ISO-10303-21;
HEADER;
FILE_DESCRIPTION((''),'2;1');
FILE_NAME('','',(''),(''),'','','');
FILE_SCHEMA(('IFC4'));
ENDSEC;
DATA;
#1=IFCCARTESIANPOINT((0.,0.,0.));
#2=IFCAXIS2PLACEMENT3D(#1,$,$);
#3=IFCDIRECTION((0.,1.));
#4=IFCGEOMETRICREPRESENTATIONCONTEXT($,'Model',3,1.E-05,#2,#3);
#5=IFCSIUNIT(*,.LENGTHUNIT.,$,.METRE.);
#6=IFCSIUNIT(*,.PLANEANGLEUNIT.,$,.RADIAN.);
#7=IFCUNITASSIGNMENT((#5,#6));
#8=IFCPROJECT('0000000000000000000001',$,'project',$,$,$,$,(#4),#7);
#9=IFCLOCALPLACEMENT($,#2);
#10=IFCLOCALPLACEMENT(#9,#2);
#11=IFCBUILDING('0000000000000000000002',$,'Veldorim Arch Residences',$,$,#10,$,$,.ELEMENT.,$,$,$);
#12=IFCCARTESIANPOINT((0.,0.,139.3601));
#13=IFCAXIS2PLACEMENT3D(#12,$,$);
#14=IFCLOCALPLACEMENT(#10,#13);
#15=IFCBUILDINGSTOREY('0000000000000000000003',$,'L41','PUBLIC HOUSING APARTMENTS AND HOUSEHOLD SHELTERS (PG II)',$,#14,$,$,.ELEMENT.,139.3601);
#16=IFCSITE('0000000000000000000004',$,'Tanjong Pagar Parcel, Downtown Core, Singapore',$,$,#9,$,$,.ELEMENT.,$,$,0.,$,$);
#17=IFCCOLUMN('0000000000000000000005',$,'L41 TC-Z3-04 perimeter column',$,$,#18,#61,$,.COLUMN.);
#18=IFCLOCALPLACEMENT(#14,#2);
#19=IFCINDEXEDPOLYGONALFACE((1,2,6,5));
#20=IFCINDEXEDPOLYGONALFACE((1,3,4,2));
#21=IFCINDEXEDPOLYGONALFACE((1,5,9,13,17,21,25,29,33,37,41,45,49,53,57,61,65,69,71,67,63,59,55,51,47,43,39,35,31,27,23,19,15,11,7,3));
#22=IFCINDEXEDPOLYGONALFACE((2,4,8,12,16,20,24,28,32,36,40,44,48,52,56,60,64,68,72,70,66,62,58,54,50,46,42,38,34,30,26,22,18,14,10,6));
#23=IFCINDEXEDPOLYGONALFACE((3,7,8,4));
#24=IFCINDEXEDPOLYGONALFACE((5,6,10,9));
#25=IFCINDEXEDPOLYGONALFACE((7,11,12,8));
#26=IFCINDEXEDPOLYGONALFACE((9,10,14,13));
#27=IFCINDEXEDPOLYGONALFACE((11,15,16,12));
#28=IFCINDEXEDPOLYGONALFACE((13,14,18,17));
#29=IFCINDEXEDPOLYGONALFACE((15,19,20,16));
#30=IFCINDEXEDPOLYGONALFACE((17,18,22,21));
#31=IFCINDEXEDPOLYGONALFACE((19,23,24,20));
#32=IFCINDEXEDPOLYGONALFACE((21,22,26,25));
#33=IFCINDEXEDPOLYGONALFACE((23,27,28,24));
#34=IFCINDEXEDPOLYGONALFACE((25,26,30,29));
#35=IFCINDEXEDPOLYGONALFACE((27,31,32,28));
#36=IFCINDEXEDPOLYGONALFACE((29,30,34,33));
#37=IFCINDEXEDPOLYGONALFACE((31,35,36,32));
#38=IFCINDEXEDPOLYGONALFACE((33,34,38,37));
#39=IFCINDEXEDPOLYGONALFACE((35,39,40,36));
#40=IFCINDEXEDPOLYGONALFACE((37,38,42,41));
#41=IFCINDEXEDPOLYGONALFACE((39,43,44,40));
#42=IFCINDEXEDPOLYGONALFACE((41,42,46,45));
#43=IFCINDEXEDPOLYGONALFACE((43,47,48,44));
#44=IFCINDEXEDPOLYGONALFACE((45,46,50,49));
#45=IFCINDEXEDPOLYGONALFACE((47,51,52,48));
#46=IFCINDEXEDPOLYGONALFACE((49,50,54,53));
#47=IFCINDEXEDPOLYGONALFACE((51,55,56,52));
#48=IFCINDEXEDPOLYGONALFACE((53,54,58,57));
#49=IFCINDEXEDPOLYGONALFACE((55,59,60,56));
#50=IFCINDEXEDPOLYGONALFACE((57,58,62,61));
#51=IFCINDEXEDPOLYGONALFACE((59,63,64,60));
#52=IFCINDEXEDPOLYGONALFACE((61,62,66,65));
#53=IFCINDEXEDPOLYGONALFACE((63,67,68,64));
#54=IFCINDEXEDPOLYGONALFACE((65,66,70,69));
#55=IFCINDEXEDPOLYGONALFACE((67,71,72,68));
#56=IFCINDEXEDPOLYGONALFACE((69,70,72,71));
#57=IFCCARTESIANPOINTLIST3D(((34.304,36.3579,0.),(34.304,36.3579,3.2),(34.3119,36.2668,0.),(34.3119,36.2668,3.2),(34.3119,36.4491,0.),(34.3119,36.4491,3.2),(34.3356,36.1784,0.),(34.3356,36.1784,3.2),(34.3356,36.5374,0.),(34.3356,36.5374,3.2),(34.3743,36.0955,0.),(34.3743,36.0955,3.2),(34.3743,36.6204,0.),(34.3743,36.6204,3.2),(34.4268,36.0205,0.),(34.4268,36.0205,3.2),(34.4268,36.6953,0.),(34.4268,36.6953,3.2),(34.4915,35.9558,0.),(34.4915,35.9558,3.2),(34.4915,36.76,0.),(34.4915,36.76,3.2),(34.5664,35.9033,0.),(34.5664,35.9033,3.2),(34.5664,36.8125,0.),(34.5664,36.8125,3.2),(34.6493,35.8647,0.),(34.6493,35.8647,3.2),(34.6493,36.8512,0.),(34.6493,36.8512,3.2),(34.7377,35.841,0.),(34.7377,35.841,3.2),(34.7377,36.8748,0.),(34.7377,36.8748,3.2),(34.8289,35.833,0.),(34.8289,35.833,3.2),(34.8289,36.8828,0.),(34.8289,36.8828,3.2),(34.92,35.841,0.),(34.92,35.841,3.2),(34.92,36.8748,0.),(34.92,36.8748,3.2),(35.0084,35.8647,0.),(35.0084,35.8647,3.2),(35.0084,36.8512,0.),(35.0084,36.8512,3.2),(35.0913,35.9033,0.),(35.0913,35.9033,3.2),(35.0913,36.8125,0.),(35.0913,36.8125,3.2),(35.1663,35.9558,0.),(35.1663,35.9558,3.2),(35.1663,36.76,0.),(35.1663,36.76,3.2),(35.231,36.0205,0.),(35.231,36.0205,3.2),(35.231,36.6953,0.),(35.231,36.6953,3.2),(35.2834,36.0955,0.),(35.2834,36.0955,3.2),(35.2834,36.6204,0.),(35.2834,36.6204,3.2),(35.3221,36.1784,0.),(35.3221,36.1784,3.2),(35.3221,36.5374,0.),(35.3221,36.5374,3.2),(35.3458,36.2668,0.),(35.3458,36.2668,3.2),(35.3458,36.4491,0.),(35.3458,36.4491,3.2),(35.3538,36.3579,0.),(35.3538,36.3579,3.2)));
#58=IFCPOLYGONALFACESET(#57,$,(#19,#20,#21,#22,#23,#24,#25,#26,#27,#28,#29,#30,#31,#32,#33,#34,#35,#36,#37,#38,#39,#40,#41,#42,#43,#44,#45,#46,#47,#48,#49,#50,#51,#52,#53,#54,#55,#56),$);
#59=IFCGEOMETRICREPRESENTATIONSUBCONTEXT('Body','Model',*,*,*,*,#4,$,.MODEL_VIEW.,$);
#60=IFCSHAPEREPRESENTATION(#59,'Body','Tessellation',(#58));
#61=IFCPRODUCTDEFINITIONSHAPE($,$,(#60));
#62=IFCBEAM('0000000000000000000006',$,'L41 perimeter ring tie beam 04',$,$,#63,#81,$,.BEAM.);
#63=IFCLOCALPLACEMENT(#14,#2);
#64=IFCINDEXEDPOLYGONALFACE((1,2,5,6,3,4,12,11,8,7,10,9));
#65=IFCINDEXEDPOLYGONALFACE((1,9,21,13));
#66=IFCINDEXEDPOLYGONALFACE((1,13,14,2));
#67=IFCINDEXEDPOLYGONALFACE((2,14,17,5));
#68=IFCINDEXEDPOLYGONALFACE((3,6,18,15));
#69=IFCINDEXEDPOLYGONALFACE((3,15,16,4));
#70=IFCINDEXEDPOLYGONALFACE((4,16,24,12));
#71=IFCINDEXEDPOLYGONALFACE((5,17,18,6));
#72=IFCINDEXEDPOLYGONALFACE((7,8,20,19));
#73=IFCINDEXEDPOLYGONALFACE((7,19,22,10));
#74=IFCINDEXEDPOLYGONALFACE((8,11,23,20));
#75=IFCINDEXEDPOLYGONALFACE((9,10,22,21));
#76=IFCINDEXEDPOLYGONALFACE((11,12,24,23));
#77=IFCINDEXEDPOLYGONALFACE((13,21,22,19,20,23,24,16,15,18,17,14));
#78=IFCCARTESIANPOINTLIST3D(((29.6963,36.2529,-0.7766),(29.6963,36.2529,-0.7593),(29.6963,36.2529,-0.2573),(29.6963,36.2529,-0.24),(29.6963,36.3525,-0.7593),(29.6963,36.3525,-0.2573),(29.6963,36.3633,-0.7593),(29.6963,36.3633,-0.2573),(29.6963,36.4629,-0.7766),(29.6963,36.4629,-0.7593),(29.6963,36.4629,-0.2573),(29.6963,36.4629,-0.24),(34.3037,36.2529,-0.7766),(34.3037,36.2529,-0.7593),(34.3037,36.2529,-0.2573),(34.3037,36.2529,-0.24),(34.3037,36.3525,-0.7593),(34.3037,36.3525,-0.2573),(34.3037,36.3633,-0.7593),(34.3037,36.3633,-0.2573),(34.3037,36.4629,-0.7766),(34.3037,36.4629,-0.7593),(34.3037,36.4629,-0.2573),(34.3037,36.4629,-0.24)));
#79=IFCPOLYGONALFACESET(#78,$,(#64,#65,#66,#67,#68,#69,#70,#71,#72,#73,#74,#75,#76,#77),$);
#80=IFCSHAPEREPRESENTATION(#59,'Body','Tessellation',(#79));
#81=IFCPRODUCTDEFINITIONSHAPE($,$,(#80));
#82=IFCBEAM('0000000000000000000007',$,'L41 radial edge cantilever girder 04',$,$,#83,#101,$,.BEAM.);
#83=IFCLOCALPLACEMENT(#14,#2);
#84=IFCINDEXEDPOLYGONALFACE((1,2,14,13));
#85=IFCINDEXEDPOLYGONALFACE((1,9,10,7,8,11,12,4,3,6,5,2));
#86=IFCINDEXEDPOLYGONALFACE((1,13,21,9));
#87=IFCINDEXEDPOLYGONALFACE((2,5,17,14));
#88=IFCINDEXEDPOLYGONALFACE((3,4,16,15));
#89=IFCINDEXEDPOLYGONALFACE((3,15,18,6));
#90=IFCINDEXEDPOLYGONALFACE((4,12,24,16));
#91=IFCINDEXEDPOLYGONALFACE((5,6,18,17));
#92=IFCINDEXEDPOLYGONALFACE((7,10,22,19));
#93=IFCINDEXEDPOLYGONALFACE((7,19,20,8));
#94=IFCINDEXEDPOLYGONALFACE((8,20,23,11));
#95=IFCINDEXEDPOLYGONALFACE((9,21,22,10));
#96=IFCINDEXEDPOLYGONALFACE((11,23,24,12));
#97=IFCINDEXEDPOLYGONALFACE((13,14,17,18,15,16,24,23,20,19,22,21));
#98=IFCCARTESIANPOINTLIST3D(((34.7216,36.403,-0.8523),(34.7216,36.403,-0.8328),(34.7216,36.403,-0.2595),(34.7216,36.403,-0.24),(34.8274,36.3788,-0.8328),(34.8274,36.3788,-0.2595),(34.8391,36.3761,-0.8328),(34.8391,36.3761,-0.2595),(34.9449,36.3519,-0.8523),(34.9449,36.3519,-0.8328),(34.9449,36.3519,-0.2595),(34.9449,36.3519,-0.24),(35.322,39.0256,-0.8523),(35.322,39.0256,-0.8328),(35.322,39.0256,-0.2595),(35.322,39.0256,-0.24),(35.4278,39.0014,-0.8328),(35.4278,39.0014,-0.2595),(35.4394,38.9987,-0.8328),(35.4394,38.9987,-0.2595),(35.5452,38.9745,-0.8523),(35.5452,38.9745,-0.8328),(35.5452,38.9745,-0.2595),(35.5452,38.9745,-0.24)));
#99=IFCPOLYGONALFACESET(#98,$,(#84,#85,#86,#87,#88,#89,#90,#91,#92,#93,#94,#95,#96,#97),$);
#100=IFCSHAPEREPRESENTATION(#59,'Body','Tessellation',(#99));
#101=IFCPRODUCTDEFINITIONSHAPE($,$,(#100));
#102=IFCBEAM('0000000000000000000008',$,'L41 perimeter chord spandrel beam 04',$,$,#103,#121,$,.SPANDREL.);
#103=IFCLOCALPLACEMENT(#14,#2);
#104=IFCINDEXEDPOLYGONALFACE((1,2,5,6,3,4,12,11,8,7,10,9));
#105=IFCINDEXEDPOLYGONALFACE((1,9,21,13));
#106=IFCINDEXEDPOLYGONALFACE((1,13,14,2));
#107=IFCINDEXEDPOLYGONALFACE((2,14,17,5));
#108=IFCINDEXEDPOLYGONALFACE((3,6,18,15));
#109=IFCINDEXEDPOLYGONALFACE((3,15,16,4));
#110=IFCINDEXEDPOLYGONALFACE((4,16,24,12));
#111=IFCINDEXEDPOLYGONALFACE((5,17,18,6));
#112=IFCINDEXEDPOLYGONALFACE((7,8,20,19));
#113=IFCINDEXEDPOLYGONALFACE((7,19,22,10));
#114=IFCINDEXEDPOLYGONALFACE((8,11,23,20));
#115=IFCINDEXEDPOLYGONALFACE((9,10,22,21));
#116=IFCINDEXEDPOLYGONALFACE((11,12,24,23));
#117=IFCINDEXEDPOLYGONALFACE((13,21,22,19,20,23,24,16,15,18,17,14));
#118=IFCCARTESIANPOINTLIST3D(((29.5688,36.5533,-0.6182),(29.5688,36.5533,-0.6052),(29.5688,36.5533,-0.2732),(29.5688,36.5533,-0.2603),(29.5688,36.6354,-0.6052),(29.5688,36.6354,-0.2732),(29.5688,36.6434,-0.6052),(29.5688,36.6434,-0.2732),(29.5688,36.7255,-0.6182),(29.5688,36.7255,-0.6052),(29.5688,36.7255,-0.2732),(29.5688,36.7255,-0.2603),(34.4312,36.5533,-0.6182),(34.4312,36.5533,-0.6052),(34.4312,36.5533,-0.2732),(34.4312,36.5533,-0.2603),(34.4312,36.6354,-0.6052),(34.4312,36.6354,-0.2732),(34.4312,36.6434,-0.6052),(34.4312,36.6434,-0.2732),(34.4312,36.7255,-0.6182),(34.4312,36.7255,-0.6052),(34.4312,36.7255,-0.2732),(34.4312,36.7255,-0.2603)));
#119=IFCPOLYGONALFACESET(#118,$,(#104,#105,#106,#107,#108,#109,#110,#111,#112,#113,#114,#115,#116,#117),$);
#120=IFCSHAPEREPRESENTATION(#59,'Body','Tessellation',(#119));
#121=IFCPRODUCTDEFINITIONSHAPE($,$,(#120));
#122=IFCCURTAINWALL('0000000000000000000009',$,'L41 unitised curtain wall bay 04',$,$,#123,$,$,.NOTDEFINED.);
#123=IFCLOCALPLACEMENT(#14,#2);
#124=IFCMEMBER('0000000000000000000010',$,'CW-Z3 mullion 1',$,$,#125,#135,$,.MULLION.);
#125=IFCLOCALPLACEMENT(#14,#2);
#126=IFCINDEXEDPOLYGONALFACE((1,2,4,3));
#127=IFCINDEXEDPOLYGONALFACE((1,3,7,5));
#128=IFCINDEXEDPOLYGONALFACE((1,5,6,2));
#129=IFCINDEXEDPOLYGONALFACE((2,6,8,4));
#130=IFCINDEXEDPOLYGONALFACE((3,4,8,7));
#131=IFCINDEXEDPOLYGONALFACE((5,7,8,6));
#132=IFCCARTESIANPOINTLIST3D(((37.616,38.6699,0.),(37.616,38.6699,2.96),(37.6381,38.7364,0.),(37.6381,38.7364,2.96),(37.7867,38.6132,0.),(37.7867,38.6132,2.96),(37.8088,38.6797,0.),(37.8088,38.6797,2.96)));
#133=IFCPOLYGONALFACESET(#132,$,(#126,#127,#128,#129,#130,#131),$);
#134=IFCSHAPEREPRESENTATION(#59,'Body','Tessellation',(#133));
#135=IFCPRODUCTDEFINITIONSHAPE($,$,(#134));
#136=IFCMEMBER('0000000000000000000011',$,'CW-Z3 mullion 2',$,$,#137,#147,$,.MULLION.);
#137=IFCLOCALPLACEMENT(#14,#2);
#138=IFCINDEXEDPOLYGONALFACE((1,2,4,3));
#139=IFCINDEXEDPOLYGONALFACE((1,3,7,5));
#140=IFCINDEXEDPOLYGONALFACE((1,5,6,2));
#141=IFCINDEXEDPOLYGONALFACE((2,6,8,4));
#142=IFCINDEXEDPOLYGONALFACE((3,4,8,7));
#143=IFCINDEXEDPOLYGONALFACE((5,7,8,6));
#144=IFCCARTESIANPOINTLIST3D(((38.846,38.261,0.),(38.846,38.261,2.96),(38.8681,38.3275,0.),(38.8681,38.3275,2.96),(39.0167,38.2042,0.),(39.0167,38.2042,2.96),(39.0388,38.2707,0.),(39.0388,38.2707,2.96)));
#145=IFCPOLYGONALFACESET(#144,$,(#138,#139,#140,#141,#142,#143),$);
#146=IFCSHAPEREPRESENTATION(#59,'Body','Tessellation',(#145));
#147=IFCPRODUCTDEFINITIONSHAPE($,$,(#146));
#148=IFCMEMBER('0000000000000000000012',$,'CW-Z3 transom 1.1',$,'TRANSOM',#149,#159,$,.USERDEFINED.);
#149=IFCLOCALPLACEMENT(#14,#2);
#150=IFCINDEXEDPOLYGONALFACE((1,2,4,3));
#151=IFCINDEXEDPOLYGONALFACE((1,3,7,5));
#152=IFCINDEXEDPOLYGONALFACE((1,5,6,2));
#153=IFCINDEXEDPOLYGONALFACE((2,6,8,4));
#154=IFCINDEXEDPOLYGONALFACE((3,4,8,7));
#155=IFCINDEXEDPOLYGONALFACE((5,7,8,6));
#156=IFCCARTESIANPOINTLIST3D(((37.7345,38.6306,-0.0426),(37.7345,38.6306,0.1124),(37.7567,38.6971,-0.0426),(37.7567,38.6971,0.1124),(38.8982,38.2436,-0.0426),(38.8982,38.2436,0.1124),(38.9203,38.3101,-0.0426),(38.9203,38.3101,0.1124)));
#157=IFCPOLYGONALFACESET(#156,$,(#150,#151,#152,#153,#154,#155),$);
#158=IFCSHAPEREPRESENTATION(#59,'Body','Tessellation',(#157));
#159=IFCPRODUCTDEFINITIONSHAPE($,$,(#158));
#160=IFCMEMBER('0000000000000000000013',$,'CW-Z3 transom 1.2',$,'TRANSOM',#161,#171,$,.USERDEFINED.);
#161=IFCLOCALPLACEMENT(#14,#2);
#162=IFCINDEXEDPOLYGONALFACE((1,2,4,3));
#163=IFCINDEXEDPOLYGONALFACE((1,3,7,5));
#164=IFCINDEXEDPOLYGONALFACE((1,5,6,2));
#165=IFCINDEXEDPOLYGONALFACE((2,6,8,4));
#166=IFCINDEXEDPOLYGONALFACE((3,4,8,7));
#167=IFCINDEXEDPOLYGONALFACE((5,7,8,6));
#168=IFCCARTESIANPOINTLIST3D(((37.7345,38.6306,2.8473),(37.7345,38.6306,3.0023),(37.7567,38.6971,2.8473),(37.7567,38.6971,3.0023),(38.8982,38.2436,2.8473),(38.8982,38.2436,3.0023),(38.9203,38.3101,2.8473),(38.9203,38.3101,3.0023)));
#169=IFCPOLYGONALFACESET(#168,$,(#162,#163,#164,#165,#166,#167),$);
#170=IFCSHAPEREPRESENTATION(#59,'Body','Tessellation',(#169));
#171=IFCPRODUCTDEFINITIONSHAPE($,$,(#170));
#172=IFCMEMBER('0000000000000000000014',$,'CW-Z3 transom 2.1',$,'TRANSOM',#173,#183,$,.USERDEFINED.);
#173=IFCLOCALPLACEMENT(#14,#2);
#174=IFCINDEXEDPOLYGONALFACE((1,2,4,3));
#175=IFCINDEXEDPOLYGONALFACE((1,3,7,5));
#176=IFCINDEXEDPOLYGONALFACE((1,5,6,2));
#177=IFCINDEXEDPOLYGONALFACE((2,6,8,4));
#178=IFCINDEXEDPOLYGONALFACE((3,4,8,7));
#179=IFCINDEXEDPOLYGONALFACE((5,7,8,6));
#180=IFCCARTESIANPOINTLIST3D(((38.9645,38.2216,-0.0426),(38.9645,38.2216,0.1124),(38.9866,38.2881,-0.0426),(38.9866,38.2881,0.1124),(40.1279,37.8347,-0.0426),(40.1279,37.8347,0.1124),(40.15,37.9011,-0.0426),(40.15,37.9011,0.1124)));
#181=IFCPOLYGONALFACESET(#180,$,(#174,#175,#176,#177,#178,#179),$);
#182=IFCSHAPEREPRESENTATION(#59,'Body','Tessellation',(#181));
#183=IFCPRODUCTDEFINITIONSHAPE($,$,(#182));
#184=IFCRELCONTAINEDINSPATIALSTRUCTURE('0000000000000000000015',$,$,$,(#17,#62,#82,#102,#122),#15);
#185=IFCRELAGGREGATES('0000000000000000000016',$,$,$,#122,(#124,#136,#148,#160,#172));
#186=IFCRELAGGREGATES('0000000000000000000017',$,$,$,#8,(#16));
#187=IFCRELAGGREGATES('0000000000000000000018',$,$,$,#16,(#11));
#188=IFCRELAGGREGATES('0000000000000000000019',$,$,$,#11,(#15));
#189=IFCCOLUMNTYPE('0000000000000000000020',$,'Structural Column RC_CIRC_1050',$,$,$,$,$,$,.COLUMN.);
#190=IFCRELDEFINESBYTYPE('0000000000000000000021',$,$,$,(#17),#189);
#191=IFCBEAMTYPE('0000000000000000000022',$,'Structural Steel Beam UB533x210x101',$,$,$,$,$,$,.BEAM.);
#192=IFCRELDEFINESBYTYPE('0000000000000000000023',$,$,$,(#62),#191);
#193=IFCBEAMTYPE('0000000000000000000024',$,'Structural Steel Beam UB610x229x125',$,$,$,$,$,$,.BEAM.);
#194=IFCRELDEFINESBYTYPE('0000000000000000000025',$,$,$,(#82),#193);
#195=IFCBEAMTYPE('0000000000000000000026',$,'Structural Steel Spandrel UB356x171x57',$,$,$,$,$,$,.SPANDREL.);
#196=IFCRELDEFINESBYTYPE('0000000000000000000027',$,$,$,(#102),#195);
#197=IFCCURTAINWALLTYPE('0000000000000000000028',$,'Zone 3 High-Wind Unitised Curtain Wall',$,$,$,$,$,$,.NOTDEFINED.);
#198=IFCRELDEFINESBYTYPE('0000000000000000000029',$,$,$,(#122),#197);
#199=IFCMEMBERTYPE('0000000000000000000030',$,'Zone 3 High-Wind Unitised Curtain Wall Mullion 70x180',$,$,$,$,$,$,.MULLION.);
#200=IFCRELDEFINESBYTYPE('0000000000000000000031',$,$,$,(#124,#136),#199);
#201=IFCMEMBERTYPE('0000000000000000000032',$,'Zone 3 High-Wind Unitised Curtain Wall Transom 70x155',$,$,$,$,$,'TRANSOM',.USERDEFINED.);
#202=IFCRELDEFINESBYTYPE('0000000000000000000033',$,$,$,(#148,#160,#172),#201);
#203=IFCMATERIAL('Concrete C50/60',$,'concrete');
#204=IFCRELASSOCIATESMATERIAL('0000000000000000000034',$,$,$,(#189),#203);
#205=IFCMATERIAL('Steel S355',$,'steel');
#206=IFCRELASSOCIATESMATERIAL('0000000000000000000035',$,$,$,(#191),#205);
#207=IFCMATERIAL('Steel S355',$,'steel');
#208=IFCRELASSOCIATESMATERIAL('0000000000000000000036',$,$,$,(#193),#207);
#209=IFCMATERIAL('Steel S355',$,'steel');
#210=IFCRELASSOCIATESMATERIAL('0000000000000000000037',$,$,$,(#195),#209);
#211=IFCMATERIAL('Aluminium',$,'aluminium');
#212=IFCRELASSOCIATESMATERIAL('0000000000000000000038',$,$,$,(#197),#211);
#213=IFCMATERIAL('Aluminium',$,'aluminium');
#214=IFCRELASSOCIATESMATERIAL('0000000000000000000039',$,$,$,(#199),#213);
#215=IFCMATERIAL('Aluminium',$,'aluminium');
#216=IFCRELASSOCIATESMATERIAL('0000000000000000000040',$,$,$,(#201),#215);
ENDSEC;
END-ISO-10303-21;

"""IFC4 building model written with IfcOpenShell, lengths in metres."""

from ifc_helpers import new_model, si_unit, direction, frame, origin, origin_2d, place, context, subcontext, project, spatial, rectangle, circle, i_section, extrude, material, material_profile, profile_set, type_object, element, aggregate, save


model = new_model("IFC4")

# Units and contexts
model_context = context("Model", 3, precision=1e-05, world=origin(), true_north=direction((0.0, 1.0)))
body_context = subcontext(model_context, "Body", "Model", "MODEL_VIEW")
ifc_project = project(units=[si_unit("LENGTHUNIT", "METRE"), si_unit("PLANEANGLEUNIT", "RADIAN")], contexts=[model_context])

# Site, building, storey
site_placement = place(None, origin())
site = spatial("IfcSite", under=ifc_project, at=site_placement, Name="Tanjong Pagar Parcel, Downtown Core, Singapore", CompositionType="ELEMENT", RefElevation=0.0)
building_placement = place(site_placement, origin())
building = spatial("IfcBuilding", under=site, at=building_placement, Name="Veldorim Arch Residences", CompositionType="ELEMENT")
storey_placement = place(building_placement, frame((0.0, 0.0, 139.3601)))
storey = spatial("IfcBuildingStorey", under=building, at=storey_placement, Name="L41", Description="PUBLIC HOUSING APARTMENTS AND HOUSEHOLD SHELTERS (PG II)", CompositionType="ELEMENT", Elevation=139.3601)

# Column
ifc_material_1 = material(Name="Concrete C50/60", Category="concrete")
ifc_material_profile_1 = material_profile(ifc_material_1, circle(Radius=0.5249, at=origin_2d()), Name="RC_CIRC_1050")
ifc_profile_set_1 = profile_set([ifc_material_profile_1], Name="Concrete C50/60")
column_type = type_object("IfcColumnType", Name="Structural Column RC_CIRC_1050", PredefinedType="COLUMN", material=ifc_profile_set_1)
column_placement = place(storey_placement, frame((34.8289, 36.3579, 0.0), z_axis=(0.0, 0.0, 1.0), x_axis=(1.0, 0.0, 0.0)))
element("IfcColumn", 1, at=column_placement, inside=storey, type_object=column_type, Name="L41 TC-Z3-04 perimeter column", PredefinedType="COLUMN", context=body_context, shape_type="SweptSolid", body=[
    extrude(circle(Radius=0.5249, at=origin_2d()), origin(), (0.0, 0.0, 1.0), 3.2),
])

# Beams
ifc_material_2 = material(Name="Steel S355", Category="steel")
ifc_material_profile_2 = material_profile(ifc_material_2, i_section(OverallWidth=0.21, OverallDepth=0.5366, WebThickness=0.0107, FlangeThickness=0.0173, at=origin_2d()), Name="UB533x210x101")
ifc_profile_set_2 = profile_set([ifc_material_profile_2], Name="Steel S355")
beam_type_1 = type_object("IfcBeamType", Name="Structural Steel Beam UB533x210x101", PredefinedType="BEAM", material=ifc_profile_set_2)
beam_1_placement = place(storey_placement, frame((34.3037, 36.3579, -0.5083), z_axis=(-1.0, 0.0, 0.0), x_axis=(0.0, -1.0, 0.0)))
element("IfcBeam", 2, at=beam_1_placement, inside=storey, type_object=beam_type_1, Name="L41 perimeter ring tie beam 04", PredefinedType="BEAM", context=body_context, shape_type="SweptSolid", body=[
    extrude(i_section(OverallWidth=0.21, OverallDepth=0.5366, WebThickness=0.0107, FlangeThickness=0.0173, at=origin_2d()), origin(), (0.0, 0.0, 1.0), 4.6074),
])
ifc_material_3 = material(Name="Steel S355", Category="steel")
ifc_material_profile_3 = material_profile(ifc_material_3, i_section(OverallWidth=0.229, OverallDepth=0.6123, WebThickness=0.012, FlangeThickness=0.0195, at=origin_2d()), Name="UB610x229x125")
ifc_profile_set_3 = profile_set([ifc_material_profile_3], Name="Steel S355")
beam_type_2 = type_object("IfcBeamType", Name="Structural Steel Beam UB610x229x125", PredefinedType="BEAM", material=ifc_profile_set_3)
beam_2_placement = place(storey_placement, frame((34.8333, 36.3774, -0.5461), z_axis=(0.223143, 0.974786, 0.0), x_axis=(-0.974786, 0.223143, 0.0)))
element("IfcBeam", 3, at=beam_2_placement, inside=storey, type_object=beam_type_2, Name="L41 radial edge cantilever girder 04", PredefinedType="BEAM", context=body_context, shape_type="SweptSolid", body=[
    extrude(i_section(OverallWidth=0.229, OverallDepth=0.6123, WebThickness=0.012, FlangeThickness=0.0195, at=origin_2d()), origin(), (0.0, 0.0, 1.0), 2.6904),
])
ifc_material_4 = material(Name="Steel S355", Category="steel")
ifc_material_profile_4 = material_profile(ifc_material_4, i_section(OverallWidth=0.1721, OverallDepth=0.3579, WebThickness=0.0081, FlangeThickness=0.0129, at=origin_2d()), Name="UB356x171x57")
ifc_profile_set_4 = profile_set([ifc_material_profile_4], Name="Steel S355")
beam_type_3 = type_object("IfcBeamType", Name="Structural Steel Spandrel UB356x171x57", PredefinedType="SPANDREL", material=ifc_profile_set_4)
beam_3_placement = place(storey_placement, frame((34.4312, 36.6394, -0.4392), z_axis=(-1.0, 0.0, 0.0), x_axis=(0.0, -1.0, 0.0)))
element("IfcBeam", 4, at=beam_3_placement, inside=storey, type_object=beam_type_3, Name="L41 perimeter chord spandrel beam 04", PredefinedType="SPANDREL", context=body_context, shape_type="SweptSolid", body=[
    extrude(i_section(OverallWidth=0.1721, OverallDepth=0.3579, WebThickness=0.0081, FlangeThickness=0.0129, at=origin_2d()), origin(), (0.0, 0.0, 1.0), 4.8623),
])

# Curtain wall, members
ifc_material_5 = material(Name="Aluminium", Category="aluminium")
curtain_wall_type = type_object("IfcCurtainWallType", Name="Zone 3 High-Wind Unitised Curtain Wall", PredefinedType="NOTDEFINED", material=ifc_material_5)
curtain_wall_placement = place(storey_placement, origin())
curtain_wall = element("IfcCurtainWall", 5, at=curtain_wall_placement, inside=storey, type_object=curtain_wall_type, Name="L41 unitised curtain wall bay 04", PredefinedType="NOTDEFINED")
ifc_material_6 = material(Name="Aluminium", Category="aluminium")
ifc_material_profile_5 = material_profile(ifc_material_6, rectangle(XDim=0.0701, YDim=0.1799, at=origin_2d()), Name="ALU_MUL_70x180")
ifc_profile_set_5 = profile_set([ifc_material_profile_5], Name="Aluminium")
member_type_1 = type_object("IfcMemberType", Name="Zone 3 High-Wind Unitised Curtain Wall Mullion 70x180", PredefinedType="MULLION", material=ifc_profile_set_5)
member_1_placement = place(storey_placement, frame((37.7124, 38.6748, 0.0), z_axis=(0.0, 0.0, 1.0), x_axis=(0.315552, 0.948908, 0.0)))
member_1 = element("IfcMember", 6, at=member_1_placement, type_object=member_type_1, Name="CW-Z3 mullion 1", PredefinedType="MULLION", context=body_context, shape_type="SweptSolid", body=[
    extrude(rectangle(XDim=0.0701, YDim=0.1799, at=origin_2d()), origin(), (0.0, 0.0, 1.0), 2.96),
])
member_2_placement = place(storey_placement, frame((38.9424, 38.2659, 0.0), z_axis=(0.0, 0.0, 1.0), x_axis=(0.315552, 0.948908, 0.0)))
member_2 = element("IfcMember", 7, at=member_2_placement, type_object=member_type_1, Name="CW-Z3 mullion 2", PredefinedType="MULLION", context=body_context, shape_type="SweptSolid", body=[
    extrude(rectangle(XDim=0.0701, YDim=0.1799, at=origin_2d()), origin(), (0.0, 0.0, 1.0), 2.96),
])
ifc_material_7 = material(Name="Aluminium", Category="aluminium")
ifc_material_profile_6 = material_profile(ifc_material_7, rectangle(XDim=0.0701, YDim=0.155, at=origin_2d()), Name="ALU_TRN_70x155")
ifc_profile_set_6 = profile_set([ifc_material_profile_6], Name="Aluminium")
member_type_2 = type_object("IfcMemberType", Name="Zone 3 High-Wind Unitised Curtain Wall Transom 70x155", ElementType="TRANSOM", PredefinedType="USERDEFINED", material=ifc_profile_set_6)
member_3_placement = place(storey_placement, frame((37.7456, 38.6638, 0.0349), z_axis=(0.948902, -0.315571, 0.0), x_axis=(0.315571, 0.948902, 0.0)))
member_3 = element("IfcMember", 8, at=member_3_placement, type_object=member_type_2, Name="CW-Z3 transom 1.1", ObjectType="TRANSOM", PredefinedType="USERDEFINED", context=body_context, shape_type="SweptSolid", body=[
    extrude(rectangle(XDim=0.0701, YDim=0.155, at=origin_2d()), origin(), (0.0, 0.0, 1.0), 1.2263),
])
member_4_placement = place(storey_placement, frame((37.7456, 38.6638, 2.9248), z_axis=(0.948902, -0.315571, 0.0), x_axis=(0.315571, 0.948902, 0.0)))
member_4 = element("IfcMember", 9, at=member_4_placement, type_object=member_type_2, Name="CW-Z3 transom 1.2", ObjectType="TRANSOM", PredefinedType="USERDEFINED", context=body_context, shape_type="SweptSolid", body=[
    extrude(rectangle(XDim=0.0701, YDim=0.155, at=origin_2d()), origin(), (0.0, 0.0, 1.0), 1.2263),
])
member_5_placement = place(storey_placement, frame((38.9756, 38.2549, 0.0349), z_axis=(0.948882, -0.31563, 0.0), x_axis=(0.31563, 0.948882, 0.0)))
member_5 = element("IfcMember", 10, at=member_5_placement, type_object=member_type_2, Name="CW-Z3 transom 2.1", ObjectType="TRANSOM", PredefinedType="USERDEFINED", context=body_context, shape_type="SweptSolid", body=[
    extrude(rectangle(XDim=0.0701, YDim=0.155, at=origin_2d()), origin(), (0.0, 0.0, 1.0), 1.2261),
])
aggregate(curtain_wall, [member_1, member_2, member_3, member_4, member_5])

save(model, "model.ifc")
